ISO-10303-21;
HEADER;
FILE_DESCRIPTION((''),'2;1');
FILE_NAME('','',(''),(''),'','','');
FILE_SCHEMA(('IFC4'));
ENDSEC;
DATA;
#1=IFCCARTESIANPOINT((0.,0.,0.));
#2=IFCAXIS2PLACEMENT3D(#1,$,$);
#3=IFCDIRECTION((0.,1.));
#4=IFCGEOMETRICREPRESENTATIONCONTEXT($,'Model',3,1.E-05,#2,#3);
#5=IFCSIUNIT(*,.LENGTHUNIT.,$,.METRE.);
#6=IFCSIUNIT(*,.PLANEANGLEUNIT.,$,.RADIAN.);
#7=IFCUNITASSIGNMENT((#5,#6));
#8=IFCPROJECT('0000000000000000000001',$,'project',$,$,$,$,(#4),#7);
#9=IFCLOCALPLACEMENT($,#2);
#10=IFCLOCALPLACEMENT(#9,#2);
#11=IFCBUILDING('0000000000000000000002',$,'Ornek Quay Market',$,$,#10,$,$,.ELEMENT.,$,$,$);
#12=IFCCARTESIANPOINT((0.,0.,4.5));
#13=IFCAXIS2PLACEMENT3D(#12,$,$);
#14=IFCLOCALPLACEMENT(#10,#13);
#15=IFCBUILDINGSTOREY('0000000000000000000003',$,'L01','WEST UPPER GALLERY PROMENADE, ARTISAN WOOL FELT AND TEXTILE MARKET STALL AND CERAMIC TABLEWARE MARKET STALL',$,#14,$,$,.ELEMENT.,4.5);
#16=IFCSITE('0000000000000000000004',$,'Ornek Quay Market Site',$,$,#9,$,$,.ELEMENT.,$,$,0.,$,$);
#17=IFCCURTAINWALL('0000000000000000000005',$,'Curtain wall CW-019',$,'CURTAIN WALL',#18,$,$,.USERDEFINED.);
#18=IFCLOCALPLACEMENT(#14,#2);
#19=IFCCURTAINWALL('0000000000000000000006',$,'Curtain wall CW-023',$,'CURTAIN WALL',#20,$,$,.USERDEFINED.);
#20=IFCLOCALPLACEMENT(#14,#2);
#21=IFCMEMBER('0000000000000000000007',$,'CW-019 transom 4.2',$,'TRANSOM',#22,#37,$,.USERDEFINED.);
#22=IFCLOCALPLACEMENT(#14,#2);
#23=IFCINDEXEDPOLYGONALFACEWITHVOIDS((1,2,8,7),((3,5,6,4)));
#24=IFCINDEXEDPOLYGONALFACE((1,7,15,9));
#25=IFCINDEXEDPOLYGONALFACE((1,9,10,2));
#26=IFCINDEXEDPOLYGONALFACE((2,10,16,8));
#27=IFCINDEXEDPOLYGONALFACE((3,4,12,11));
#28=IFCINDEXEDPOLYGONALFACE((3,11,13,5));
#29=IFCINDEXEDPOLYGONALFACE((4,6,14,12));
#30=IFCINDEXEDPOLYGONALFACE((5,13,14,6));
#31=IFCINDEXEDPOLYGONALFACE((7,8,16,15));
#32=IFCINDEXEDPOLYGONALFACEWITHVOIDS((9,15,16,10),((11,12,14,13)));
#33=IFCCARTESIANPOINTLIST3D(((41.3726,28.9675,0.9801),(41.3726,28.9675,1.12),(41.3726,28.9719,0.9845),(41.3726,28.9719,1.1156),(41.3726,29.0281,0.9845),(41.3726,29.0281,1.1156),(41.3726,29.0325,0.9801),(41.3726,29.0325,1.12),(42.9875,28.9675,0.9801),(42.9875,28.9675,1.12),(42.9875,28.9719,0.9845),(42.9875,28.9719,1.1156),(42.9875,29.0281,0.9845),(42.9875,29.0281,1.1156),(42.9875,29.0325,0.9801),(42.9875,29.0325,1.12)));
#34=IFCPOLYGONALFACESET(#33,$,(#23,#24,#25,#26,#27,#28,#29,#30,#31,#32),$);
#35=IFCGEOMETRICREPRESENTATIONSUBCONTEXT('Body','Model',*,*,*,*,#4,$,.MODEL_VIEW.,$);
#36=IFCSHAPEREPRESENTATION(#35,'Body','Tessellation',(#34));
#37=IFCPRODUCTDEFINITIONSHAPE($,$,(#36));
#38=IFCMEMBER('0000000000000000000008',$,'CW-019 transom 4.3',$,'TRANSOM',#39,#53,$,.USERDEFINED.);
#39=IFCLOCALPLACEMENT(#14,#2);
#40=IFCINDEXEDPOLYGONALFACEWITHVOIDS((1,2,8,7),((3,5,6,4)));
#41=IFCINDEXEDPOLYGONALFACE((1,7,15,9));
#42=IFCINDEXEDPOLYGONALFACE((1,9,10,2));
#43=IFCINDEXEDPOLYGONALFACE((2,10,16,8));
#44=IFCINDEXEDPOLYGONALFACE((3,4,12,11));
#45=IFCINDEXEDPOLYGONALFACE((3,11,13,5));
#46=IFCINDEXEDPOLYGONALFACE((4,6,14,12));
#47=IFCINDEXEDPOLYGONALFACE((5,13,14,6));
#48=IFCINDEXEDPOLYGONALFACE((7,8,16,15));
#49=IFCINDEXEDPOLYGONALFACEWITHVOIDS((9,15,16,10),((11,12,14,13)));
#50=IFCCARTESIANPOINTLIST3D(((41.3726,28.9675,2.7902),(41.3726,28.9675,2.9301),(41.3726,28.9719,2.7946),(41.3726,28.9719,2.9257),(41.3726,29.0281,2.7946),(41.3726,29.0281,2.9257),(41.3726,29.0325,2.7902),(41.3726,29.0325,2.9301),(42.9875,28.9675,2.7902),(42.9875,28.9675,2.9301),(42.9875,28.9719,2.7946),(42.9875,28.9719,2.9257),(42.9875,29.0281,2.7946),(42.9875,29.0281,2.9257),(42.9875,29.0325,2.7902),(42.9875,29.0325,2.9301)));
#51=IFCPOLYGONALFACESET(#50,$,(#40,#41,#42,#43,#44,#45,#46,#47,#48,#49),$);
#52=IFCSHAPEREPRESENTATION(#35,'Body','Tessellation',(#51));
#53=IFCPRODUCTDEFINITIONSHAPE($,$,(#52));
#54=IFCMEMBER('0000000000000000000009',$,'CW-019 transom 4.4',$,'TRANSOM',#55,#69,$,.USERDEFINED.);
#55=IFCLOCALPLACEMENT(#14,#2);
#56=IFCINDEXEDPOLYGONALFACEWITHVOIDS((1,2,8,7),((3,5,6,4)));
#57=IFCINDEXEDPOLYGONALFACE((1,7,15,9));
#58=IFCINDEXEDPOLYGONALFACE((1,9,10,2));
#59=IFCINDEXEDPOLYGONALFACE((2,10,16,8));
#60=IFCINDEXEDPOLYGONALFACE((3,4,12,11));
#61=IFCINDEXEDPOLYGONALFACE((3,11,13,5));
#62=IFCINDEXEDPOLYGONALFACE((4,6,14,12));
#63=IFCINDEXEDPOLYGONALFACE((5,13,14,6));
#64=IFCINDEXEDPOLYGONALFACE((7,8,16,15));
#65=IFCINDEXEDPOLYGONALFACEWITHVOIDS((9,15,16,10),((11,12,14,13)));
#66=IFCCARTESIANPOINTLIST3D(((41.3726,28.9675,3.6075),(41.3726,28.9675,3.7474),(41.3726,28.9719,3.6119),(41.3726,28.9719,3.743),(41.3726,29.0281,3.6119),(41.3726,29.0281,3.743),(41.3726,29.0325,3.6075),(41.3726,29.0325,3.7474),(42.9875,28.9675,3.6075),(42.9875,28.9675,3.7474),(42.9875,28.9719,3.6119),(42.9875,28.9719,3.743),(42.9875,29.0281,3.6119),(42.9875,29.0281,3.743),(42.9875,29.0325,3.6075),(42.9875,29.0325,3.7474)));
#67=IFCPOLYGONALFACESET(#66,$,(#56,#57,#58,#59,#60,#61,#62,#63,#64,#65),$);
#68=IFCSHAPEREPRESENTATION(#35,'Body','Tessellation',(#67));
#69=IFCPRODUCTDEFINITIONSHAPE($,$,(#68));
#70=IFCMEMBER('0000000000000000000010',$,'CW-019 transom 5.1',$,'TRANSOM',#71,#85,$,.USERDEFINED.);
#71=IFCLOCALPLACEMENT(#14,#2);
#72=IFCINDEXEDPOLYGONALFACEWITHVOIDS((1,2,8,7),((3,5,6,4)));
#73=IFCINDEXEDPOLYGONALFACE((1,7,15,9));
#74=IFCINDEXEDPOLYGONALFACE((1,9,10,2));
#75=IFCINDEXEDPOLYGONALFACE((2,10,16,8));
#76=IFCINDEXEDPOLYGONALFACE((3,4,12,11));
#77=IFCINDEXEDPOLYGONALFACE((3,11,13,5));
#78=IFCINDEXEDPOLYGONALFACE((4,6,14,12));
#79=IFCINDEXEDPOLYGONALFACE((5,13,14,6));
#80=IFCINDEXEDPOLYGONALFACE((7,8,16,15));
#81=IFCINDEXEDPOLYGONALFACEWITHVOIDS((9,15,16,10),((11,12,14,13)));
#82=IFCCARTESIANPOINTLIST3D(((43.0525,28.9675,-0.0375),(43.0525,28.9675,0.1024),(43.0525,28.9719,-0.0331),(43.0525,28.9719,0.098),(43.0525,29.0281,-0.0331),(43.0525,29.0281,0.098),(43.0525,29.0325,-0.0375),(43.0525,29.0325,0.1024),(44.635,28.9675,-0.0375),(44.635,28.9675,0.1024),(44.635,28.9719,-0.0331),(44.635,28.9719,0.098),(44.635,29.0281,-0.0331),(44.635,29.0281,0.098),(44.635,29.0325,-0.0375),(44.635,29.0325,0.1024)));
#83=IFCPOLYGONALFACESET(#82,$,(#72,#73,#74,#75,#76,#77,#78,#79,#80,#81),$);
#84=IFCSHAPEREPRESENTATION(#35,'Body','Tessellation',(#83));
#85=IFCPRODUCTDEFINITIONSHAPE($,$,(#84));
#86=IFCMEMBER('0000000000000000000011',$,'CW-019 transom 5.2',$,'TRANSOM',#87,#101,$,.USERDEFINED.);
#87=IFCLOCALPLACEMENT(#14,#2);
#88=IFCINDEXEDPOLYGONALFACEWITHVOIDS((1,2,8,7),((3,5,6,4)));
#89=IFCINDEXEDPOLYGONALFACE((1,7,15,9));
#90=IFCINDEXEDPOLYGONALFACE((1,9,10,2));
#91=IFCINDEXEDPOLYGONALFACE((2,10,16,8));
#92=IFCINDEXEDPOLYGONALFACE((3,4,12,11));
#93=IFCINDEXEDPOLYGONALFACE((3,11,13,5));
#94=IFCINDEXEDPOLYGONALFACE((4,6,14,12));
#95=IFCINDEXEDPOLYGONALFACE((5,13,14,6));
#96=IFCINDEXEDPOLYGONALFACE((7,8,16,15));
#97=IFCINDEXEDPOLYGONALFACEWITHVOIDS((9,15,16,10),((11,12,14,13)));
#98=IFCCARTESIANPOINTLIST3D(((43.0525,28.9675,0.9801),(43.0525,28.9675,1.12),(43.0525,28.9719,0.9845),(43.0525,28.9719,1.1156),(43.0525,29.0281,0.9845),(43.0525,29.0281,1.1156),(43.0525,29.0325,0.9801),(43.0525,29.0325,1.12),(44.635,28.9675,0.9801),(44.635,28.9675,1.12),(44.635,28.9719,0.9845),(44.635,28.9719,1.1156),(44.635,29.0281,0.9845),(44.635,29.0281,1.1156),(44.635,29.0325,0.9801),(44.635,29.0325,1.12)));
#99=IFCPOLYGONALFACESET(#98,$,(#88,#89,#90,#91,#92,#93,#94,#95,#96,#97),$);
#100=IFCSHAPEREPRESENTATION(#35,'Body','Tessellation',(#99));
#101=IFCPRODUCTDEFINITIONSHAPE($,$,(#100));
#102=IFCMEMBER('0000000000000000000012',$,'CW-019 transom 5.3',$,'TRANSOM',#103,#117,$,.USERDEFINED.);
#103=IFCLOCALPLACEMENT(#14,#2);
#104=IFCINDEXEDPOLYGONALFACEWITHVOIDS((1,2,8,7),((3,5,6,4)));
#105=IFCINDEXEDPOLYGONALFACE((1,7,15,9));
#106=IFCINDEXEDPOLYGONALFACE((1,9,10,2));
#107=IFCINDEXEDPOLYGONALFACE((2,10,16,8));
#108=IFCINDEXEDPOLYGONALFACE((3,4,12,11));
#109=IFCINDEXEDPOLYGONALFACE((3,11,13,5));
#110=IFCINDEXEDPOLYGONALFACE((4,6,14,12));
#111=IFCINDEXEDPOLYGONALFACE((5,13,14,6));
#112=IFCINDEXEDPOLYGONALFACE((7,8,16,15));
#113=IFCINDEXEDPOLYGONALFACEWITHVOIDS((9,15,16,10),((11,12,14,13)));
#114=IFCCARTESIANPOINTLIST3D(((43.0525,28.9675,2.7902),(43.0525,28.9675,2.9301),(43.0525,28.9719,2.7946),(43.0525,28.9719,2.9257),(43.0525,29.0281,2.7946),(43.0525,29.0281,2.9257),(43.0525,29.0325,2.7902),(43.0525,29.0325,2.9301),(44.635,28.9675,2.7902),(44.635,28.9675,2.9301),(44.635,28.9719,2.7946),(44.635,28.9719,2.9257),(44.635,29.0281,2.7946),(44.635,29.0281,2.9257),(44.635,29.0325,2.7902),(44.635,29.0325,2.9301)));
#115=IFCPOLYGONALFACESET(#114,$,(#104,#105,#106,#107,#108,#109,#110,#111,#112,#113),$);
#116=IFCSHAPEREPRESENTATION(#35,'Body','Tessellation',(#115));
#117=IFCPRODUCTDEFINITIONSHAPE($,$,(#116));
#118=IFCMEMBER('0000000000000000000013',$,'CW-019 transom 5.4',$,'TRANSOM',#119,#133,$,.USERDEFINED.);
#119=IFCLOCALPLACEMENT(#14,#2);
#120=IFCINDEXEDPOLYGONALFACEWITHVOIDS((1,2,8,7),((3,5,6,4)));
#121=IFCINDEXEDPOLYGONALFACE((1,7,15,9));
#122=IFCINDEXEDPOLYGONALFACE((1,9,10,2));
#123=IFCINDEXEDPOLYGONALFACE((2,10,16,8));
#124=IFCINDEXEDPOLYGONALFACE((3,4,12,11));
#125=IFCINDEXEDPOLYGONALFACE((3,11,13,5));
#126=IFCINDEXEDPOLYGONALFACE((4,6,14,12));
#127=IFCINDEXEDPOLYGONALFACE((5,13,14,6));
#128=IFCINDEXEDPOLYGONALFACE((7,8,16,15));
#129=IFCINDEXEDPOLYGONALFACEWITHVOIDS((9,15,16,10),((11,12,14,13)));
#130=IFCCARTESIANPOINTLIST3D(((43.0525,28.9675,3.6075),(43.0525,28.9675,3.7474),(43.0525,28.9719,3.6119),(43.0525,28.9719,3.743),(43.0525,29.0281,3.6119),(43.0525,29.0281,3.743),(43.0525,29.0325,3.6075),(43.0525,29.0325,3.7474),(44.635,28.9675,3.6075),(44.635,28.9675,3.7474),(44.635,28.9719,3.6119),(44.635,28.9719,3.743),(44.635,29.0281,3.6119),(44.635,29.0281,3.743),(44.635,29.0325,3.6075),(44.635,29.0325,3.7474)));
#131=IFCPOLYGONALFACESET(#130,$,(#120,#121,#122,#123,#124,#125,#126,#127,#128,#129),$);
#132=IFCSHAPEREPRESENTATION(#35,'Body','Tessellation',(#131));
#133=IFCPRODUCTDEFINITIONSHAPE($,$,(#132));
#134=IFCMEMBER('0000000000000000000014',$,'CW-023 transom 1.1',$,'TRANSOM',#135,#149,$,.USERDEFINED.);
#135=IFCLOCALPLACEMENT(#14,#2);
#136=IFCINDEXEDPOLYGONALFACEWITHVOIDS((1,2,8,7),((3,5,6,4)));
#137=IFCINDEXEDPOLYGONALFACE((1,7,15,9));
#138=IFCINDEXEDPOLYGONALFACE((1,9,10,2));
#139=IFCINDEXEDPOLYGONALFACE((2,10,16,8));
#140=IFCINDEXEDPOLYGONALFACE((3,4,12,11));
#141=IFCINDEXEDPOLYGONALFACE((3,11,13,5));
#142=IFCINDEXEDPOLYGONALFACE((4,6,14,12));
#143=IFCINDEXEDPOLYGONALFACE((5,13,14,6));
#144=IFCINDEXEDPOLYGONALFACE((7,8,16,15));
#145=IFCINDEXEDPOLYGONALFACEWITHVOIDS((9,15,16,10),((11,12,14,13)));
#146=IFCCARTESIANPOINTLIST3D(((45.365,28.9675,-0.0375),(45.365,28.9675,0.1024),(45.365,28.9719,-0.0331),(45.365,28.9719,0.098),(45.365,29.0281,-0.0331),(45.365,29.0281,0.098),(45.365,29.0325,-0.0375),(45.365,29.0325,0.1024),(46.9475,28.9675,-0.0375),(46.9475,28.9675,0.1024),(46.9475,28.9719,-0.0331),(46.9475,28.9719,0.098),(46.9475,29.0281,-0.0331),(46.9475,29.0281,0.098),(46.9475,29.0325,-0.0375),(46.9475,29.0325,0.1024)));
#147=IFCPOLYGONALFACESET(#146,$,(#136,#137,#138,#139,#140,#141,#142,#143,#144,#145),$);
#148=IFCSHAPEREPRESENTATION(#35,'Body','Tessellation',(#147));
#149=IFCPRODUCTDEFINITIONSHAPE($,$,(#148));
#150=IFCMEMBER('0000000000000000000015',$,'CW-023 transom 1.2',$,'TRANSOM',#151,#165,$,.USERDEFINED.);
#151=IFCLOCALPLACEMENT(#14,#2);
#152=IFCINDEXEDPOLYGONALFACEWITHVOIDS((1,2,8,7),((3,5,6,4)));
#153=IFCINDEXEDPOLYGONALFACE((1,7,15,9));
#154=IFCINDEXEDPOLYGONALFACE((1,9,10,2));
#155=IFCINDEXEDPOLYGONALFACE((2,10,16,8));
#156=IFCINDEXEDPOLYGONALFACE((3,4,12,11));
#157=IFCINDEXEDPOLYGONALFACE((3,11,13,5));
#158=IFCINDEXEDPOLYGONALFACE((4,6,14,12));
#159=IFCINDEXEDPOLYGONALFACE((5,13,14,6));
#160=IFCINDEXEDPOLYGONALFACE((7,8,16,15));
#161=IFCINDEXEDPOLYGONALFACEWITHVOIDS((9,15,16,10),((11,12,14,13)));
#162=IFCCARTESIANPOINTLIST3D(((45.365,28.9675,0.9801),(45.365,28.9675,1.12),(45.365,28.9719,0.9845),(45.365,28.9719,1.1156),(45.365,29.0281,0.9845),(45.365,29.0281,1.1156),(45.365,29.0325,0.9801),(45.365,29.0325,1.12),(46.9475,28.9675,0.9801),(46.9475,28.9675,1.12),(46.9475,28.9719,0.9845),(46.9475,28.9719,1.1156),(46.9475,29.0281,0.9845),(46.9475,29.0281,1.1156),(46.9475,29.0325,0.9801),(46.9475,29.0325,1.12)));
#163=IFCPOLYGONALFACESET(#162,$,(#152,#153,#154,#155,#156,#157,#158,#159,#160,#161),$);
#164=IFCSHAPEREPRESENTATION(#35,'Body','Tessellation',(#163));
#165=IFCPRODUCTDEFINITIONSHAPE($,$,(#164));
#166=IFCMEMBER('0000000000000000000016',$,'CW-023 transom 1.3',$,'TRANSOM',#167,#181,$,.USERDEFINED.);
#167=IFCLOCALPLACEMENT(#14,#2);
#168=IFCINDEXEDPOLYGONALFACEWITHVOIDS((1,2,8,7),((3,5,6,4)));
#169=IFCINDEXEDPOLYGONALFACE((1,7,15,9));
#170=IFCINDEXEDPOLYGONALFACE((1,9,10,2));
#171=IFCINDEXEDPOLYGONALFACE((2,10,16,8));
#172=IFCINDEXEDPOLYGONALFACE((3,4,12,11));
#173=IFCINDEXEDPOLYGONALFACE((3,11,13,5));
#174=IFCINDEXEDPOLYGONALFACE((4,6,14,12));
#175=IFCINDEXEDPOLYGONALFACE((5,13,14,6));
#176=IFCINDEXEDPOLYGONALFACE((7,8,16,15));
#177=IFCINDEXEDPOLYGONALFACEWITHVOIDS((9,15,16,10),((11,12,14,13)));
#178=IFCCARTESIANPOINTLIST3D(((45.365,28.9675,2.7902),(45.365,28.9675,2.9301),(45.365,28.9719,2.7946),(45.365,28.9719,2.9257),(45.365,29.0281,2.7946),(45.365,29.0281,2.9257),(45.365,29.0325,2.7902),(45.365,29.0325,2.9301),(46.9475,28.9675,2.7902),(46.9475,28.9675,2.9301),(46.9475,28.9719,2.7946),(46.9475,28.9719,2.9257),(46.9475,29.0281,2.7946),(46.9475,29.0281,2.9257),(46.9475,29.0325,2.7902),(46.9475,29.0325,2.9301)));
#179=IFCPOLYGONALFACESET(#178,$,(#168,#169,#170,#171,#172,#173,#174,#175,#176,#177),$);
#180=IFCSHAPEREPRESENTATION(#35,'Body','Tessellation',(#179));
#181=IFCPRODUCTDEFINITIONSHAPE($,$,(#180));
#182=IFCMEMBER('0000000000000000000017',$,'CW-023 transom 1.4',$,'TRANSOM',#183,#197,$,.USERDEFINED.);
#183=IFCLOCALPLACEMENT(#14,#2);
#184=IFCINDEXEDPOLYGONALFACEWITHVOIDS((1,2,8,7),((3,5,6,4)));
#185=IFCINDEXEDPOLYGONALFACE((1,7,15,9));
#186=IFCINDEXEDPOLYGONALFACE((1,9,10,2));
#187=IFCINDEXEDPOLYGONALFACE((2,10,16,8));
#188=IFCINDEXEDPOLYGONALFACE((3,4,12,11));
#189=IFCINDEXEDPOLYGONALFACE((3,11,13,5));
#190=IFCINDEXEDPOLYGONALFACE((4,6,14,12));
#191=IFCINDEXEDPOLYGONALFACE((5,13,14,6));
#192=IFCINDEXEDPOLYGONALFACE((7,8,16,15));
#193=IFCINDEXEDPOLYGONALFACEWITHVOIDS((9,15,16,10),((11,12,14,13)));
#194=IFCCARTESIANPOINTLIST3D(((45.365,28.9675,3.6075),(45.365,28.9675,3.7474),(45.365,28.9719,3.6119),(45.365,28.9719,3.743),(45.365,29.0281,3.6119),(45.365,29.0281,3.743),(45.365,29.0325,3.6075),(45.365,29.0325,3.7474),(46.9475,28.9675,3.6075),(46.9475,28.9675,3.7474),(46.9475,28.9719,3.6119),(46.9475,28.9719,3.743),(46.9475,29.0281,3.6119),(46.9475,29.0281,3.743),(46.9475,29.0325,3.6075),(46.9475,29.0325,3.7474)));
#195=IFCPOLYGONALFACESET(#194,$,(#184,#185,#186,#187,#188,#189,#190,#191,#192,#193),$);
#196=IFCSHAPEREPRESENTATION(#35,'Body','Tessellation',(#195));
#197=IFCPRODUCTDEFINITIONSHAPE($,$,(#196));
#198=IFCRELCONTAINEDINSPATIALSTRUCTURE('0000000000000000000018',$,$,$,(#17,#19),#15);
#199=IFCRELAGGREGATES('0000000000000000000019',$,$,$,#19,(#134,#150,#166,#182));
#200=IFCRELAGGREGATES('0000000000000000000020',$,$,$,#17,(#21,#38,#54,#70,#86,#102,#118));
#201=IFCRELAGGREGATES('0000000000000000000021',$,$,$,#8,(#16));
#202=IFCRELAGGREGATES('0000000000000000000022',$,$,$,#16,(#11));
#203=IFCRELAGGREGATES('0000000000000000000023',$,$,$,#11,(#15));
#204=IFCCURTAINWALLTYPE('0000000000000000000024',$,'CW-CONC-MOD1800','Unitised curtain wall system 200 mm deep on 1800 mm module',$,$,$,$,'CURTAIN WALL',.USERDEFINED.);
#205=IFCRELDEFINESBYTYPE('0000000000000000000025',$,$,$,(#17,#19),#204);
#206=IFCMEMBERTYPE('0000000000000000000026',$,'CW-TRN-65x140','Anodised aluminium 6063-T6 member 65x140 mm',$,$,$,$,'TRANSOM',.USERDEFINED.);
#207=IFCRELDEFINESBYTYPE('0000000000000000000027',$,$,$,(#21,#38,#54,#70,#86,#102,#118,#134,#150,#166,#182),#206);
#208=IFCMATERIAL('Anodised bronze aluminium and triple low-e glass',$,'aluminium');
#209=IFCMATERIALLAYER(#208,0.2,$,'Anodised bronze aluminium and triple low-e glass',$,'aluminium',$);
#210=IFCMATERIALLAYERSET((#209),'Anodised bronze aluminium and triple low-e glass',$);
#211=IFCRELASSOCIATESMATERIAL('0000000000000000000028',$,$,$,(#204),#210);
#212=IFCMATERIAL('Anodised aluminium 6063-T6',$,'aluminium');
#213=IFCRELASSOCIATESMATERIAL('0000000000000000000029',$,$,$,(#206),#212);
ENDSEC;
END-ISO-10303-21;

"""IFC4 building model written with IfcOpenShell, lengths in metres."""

from ifc_helpers import new_model, si_unit, direction, frame, origin, origin_2d, place, context, subcontext, project, spatial, hollow_rectangle, extrude, material, layer, layer_set, material_profile, profile_set, type_object, element, aggregate, save


model = new_model("IFC4")

# Units and contexts
model_context = context("Model", 3, precision=1e-05, world=origin(), true_north=direction((0.0, 1.0)))
body_context = subcontext(model_context, "Body", "Model", "MODEL_VIEW")
ifc_project = project(units=[si_unit("LENGTHUNIT", "METRE"), si_unit("PLANEANGLEUNIT", "RADIAN")], contexts=[model_context])

# Site, building, storey
site_placement = place(None, origin())
site = spatial("IfcSite", under=ifc_project, at=site_placement, Name="Ornek Quay Market Site", CompositionType="ELEMENT", RefElevation=0.0)
building_placement = place(site_placement, origin())
building = spatial("IfcBuilding", under=site, at=building_placement, Name="Ornek Quay Market", CompositionType="ELEMENT")
storey_placement = place(building_placement, frame((0.0, 0.0, 4.5)))
storey = spatial("IfcBuildingStorey", under=building, at=storey_placement, Name="L01", Description="WEST UPPER GALLERY PROMENADE, ARTISAN WOOL FELT AND TEXTILE MARKET STALL AND CERAMIC TABLEWARE MARKET STALL", CompositionType="ELEMENT", Elevation=4.5)

# Curtain wall
ifc_material_1 = material(Name="Anodised bronze aluminium and triple low-e glass", Category="aluminium")
ifc_layer_1 = layer(ifc_material_1, 0.2, Name="Anodised bronze aluminium and triple low-e glass", Category="aluminium")
ifc_layer_set_1 = layer_set([ifc_layer_1], Name="Anodised bronze aluminium and triple low-e glass")
curtain_wall_type_1 = type_object("IfcCurtainWallType", Name="CW-CONC-MOD1800", Description="Unitised curtain wall system 200 mm deep on 1800 mm module", ElementType="CURTAIN WALL", PredefinedType="USERDEFINED", material=ifc_layer_set_1)
curtain_wall_1_placement = place(storey_placement, origin())
curtain_wall_1 = element("IfcCurtainWall", 1, at=curtain_wall_1_placement, inside=storey, type_object=curtain_wall_type_1, Name="Curtain wall CW-019", ObjectType="CURTAIN WALL", PredefinedType="USERDEFINED")
ifc_material_2 = material(Name="Anodised aluminium 6063-T6", Category="aluminium")

# Curtain wall
curtain_wall_2_placement = place(storey_placement, origin())
curtain_wall_2 = element("IfcCurtainWall", 2, at=curtain_wall_2_placement, inside=storey, type_object=curtain_wall_type_1, Name="Curtain wall CW-023", ObjectType="CURTAIN WALL", PredefinedType="USERDEFINED")

# Members
ifc_material_profile_1 = material_profile(ifc_material_2, hollow_rectangle(XDim=0.0649, YDim=0.1399, WallThickness=0.0044, at=origin_2d()), Name="CW-TRN-65x140", Category="aluminium")
ifc_profile_set_1 = profile_set([ifc_material_profile_1], Name="Anodised aluminium 6063-T6")
member_type_1 = type_object("IfcMemberType", Name="CW-TRN-65x140", Description="Anodised aluminium 6063-T6 member 65x140 mm", ElementType="TRANSOM", PredefinedType="USERDEFINED", material=ifc_profile_set_1)
member_1_placement = place(storey_placement, frame((41.3726, 29.0, 1.05), z_axis=(1.0, 0.0, 0.0), x_axis=(0.0, 1.0, 0.0)))
member_1 = element("IfcMember", 3, at=member_1_placement, type_object=member_type_1, Name="CW-019 transom 4.2", ObjectType="TRANSOM", PredefinedType="USERDEFINED", context=body_context, shape_type="SweptSolid", body=[
    extrude(hollow_rectangle(XDim=0.0649, YDim=0.1399, WallThickness=0.0044, at=origin_2d()), origin(), (0.0, 0.0, 1.0), 1.615),
])
member_2_placement = place(storey_placement, frame((41.3726, 29.0, 2.8601), z_axis=(1.0, 0.0, 0.0), x_axis=(0.0, 1.0, 0.0)))
member_2 = element("IfcMember", 4, at=member_2_placement, type_object=member_type_1, Name="CW-019 transom 4.3", ObjectType="TRANSOM", PredefinedType="USERDEFINED", context=body_context, shape_type="SweptSolid", body=[
    extrude(hollow_rectangle(XDim=0.0649, YDim=0.1399, WallThickness=0.0044, at=origin_2d()), origin(), (0.0, 0.0, 1.0), 1.615),
])
member_3_placement = place(storey_placement, frame((41.3726, 29.0, 3.6775), z_axis=(1.0, 0.0, 0.0), x_axis=(0.0, 1.0, 0.0)))
member_3 = element("IfcMember", 5, at=member_3_placement, type_object=member_type_1, Name="CW-019 transom 4.4", ObjectType="TRANSOM", PredefinedType="USERDEFINED", context=body_context, shape_type="SweptSolid", body=[
    extrude(hollow_rectangle(XDim=0.0649, YDim=0.1399, WallThickness=0.0044, at=origin_2d()), origin(), (0.0, 0.0, 1.0), 1.615),
])
member_4_placement = place(storey_placement, frame((43.0525, 29.0, 0.0325), z_axis=(1.0, 0.0, 0.0), x_axis=(0.0, 1.0, 0.0)))
member_4 = element("IfcMember", 6, at=member_4_placement, type_object=member_type_1, Name="CW-019 transom 5.1", ObjectType="TRANSOM", PredefinedType="USERDEFINED", context=body_context, shape_type="SweptSolid", body=[
    extrude(hollow_rectangle(XDim=0.0649, YDim=0.1399, WallThickness=0.0044, at=origin_2d()), origin(), (0.0, 0.0, 1.0), 1.5825),
])
member_5_placement = place(storey_placement, frame((43.0525, 29.0, 1.05), z_axis=(1.0, 0.0, 0.0), x_axis=(0.0, 1.0, 0.0)))
member_5 = element("IfcMember", 7, at=member_5_placement, type_object=member_type_1, Name="CW-019 transom 5.2", ObjectType="TRANSOM", PredefinedType="USERDEFINED", context=body_context, shape_type="SweptSolid", body=[
    extrude(hollow_rectangle(XDim=0.0649, YDim=0.1399, WallThickness=0.0044, at=origin_2d()), origin(), (0.0, 0.0, 1.0), 1.5825),
])
member_6_placement = place(storey_placement, frame((43.0525, 29.0, 2.8601), z_axis=(1.0, 0.0, 0.0), x_axis=(0.0, 1.0, 0.0)))
member_6 = element("IfcMember", 8, at=member_6_placement, type_object=member_type_1, Name="CW-019 transom 5.3", ObjectType="TRANSOM", PredefinedType="USERDEFINED", context=body_context, shape_type="SweptSolid", body=[
    extrude(hollow_rectangle(XDim=0.0649, YDim=0.1399, WallThickness=0.0044, at=origin_2d()), origin(), (0.0, 0.0, 1.0), 1.5825),
])
member_7_placement = place(storey_placement, frame((43.0525, 29.0, 3.6775), z_axis=(1.0, 0.0, 0.0), x_axis=(0.0, 1.0, 0.0)))
member_7 = element("IfcMember", 9, at=member_7_placement, type_object=member_type_1, Name="CW-019 transom 5.4", ObjectType="TRANSOM", PredefinedType="USERDEFINED", context=body_context, shape_type="SweptSolid", body=[
    extrude(hollow_rectangle(XDim=0.0649, YDim=0.1399, WallThickness=0.0044, at=origin_2d()), origin(), (0.0, 0.0, 1.0), 1.5825),
])
member_8_placement = place(storey_placement, frame((45.365, 29.0, 0.0325), z_axis=(1.0, 0.0, 0.0), x_axis=(0.0, 1.0, 0.0)))
member_8 = element("IfcMember", 10, at=member_8_placement, type_object=member_type_1, Name="CW-023 transom 1.1", ObjectType="TRANSOM", PredefinedType="USERDEFINED", context=body_context, shape_type="SweptSolid", body=[
    extrude(hollow_rectangle(XDim=0.0649, YDim=0.1399, WallThickness=0.0044, at=origin_2d()), origin(), (0.0, 0.0, 1.0), 1.5825),
])
member_9_placement = place(storey_placement, frame((45.365, 29.0, 1.05), z_axis=(1.0, 0.0, 0.0), x_axis=(0.0, 1.0, 0.0)))
member_9 = element("IfcMember", 11, at=member_9_placement, type_object=member_type_1, Name="CW-023 transom 1.2", ObjectType="TRANSOM", PredefinedType="USERDEFINED", context=body_context, shape_type="SweptSolid", body=[
    extrude(hollow_rectangle(XDim=0.0649, YDim=0.1399, WallThickness=0.0044, at=origin_2d()), origin(), (0.0, 0.0, 1.0), 1.5825),
])
member_10_placement = place(storey_placement, frame((45.365, 29.0, 2.8601), z_axis=(1.0, 0.0, 0.0), x_axis=(0.0, 1.0, 0.0)))
member_10 = element("IfcMember", 12, at=member_10_placement, type_object=member_type_1, Name="CW-023 transom 1.3", ObjectType="TRANSOM", PredefinedType="USERDEFINED", context=body_context, shape_type="SweptSolid", body=[
    extrude(hollow_rectangle(XDim=0.0649, YDim=0.1399, WallThickness=0.0044, at=origin_2d()), origin(), (0.0, 0.0, 1.0), 1.5825),
])
member_11_placement = place(storey_placement, frame((45.365, 29.0, 3.6775), z_axis=(1.0, 0.0, 0.0), x_axis=(0.0, 1.0, 0.0)))
member_11 = element("IfcMember", 13, at=member_11_placement, type_object=member_type_1, Name="CW-023 transom 1.4", ObjectType="TRANSOM", PredefinedType="USERDEFINED", context=body_context, shape_type="SweptSolid", body=[
    extrude(hollow_rectangle(XDim=0.0649, YDim=0.1399, WallThickness=0.0044, at=origin_2d()), origin(), (0.0, 0.0, 1.0), 1.5825),
])
aggregate(curtain_wall_2, [member_8, member_9, member_10, member_11])

aggregate(curtain_wall_1, [member_1, member_2, member_3, member_4, member_5, member_6, member_7])

save(model, "model.ifc")
